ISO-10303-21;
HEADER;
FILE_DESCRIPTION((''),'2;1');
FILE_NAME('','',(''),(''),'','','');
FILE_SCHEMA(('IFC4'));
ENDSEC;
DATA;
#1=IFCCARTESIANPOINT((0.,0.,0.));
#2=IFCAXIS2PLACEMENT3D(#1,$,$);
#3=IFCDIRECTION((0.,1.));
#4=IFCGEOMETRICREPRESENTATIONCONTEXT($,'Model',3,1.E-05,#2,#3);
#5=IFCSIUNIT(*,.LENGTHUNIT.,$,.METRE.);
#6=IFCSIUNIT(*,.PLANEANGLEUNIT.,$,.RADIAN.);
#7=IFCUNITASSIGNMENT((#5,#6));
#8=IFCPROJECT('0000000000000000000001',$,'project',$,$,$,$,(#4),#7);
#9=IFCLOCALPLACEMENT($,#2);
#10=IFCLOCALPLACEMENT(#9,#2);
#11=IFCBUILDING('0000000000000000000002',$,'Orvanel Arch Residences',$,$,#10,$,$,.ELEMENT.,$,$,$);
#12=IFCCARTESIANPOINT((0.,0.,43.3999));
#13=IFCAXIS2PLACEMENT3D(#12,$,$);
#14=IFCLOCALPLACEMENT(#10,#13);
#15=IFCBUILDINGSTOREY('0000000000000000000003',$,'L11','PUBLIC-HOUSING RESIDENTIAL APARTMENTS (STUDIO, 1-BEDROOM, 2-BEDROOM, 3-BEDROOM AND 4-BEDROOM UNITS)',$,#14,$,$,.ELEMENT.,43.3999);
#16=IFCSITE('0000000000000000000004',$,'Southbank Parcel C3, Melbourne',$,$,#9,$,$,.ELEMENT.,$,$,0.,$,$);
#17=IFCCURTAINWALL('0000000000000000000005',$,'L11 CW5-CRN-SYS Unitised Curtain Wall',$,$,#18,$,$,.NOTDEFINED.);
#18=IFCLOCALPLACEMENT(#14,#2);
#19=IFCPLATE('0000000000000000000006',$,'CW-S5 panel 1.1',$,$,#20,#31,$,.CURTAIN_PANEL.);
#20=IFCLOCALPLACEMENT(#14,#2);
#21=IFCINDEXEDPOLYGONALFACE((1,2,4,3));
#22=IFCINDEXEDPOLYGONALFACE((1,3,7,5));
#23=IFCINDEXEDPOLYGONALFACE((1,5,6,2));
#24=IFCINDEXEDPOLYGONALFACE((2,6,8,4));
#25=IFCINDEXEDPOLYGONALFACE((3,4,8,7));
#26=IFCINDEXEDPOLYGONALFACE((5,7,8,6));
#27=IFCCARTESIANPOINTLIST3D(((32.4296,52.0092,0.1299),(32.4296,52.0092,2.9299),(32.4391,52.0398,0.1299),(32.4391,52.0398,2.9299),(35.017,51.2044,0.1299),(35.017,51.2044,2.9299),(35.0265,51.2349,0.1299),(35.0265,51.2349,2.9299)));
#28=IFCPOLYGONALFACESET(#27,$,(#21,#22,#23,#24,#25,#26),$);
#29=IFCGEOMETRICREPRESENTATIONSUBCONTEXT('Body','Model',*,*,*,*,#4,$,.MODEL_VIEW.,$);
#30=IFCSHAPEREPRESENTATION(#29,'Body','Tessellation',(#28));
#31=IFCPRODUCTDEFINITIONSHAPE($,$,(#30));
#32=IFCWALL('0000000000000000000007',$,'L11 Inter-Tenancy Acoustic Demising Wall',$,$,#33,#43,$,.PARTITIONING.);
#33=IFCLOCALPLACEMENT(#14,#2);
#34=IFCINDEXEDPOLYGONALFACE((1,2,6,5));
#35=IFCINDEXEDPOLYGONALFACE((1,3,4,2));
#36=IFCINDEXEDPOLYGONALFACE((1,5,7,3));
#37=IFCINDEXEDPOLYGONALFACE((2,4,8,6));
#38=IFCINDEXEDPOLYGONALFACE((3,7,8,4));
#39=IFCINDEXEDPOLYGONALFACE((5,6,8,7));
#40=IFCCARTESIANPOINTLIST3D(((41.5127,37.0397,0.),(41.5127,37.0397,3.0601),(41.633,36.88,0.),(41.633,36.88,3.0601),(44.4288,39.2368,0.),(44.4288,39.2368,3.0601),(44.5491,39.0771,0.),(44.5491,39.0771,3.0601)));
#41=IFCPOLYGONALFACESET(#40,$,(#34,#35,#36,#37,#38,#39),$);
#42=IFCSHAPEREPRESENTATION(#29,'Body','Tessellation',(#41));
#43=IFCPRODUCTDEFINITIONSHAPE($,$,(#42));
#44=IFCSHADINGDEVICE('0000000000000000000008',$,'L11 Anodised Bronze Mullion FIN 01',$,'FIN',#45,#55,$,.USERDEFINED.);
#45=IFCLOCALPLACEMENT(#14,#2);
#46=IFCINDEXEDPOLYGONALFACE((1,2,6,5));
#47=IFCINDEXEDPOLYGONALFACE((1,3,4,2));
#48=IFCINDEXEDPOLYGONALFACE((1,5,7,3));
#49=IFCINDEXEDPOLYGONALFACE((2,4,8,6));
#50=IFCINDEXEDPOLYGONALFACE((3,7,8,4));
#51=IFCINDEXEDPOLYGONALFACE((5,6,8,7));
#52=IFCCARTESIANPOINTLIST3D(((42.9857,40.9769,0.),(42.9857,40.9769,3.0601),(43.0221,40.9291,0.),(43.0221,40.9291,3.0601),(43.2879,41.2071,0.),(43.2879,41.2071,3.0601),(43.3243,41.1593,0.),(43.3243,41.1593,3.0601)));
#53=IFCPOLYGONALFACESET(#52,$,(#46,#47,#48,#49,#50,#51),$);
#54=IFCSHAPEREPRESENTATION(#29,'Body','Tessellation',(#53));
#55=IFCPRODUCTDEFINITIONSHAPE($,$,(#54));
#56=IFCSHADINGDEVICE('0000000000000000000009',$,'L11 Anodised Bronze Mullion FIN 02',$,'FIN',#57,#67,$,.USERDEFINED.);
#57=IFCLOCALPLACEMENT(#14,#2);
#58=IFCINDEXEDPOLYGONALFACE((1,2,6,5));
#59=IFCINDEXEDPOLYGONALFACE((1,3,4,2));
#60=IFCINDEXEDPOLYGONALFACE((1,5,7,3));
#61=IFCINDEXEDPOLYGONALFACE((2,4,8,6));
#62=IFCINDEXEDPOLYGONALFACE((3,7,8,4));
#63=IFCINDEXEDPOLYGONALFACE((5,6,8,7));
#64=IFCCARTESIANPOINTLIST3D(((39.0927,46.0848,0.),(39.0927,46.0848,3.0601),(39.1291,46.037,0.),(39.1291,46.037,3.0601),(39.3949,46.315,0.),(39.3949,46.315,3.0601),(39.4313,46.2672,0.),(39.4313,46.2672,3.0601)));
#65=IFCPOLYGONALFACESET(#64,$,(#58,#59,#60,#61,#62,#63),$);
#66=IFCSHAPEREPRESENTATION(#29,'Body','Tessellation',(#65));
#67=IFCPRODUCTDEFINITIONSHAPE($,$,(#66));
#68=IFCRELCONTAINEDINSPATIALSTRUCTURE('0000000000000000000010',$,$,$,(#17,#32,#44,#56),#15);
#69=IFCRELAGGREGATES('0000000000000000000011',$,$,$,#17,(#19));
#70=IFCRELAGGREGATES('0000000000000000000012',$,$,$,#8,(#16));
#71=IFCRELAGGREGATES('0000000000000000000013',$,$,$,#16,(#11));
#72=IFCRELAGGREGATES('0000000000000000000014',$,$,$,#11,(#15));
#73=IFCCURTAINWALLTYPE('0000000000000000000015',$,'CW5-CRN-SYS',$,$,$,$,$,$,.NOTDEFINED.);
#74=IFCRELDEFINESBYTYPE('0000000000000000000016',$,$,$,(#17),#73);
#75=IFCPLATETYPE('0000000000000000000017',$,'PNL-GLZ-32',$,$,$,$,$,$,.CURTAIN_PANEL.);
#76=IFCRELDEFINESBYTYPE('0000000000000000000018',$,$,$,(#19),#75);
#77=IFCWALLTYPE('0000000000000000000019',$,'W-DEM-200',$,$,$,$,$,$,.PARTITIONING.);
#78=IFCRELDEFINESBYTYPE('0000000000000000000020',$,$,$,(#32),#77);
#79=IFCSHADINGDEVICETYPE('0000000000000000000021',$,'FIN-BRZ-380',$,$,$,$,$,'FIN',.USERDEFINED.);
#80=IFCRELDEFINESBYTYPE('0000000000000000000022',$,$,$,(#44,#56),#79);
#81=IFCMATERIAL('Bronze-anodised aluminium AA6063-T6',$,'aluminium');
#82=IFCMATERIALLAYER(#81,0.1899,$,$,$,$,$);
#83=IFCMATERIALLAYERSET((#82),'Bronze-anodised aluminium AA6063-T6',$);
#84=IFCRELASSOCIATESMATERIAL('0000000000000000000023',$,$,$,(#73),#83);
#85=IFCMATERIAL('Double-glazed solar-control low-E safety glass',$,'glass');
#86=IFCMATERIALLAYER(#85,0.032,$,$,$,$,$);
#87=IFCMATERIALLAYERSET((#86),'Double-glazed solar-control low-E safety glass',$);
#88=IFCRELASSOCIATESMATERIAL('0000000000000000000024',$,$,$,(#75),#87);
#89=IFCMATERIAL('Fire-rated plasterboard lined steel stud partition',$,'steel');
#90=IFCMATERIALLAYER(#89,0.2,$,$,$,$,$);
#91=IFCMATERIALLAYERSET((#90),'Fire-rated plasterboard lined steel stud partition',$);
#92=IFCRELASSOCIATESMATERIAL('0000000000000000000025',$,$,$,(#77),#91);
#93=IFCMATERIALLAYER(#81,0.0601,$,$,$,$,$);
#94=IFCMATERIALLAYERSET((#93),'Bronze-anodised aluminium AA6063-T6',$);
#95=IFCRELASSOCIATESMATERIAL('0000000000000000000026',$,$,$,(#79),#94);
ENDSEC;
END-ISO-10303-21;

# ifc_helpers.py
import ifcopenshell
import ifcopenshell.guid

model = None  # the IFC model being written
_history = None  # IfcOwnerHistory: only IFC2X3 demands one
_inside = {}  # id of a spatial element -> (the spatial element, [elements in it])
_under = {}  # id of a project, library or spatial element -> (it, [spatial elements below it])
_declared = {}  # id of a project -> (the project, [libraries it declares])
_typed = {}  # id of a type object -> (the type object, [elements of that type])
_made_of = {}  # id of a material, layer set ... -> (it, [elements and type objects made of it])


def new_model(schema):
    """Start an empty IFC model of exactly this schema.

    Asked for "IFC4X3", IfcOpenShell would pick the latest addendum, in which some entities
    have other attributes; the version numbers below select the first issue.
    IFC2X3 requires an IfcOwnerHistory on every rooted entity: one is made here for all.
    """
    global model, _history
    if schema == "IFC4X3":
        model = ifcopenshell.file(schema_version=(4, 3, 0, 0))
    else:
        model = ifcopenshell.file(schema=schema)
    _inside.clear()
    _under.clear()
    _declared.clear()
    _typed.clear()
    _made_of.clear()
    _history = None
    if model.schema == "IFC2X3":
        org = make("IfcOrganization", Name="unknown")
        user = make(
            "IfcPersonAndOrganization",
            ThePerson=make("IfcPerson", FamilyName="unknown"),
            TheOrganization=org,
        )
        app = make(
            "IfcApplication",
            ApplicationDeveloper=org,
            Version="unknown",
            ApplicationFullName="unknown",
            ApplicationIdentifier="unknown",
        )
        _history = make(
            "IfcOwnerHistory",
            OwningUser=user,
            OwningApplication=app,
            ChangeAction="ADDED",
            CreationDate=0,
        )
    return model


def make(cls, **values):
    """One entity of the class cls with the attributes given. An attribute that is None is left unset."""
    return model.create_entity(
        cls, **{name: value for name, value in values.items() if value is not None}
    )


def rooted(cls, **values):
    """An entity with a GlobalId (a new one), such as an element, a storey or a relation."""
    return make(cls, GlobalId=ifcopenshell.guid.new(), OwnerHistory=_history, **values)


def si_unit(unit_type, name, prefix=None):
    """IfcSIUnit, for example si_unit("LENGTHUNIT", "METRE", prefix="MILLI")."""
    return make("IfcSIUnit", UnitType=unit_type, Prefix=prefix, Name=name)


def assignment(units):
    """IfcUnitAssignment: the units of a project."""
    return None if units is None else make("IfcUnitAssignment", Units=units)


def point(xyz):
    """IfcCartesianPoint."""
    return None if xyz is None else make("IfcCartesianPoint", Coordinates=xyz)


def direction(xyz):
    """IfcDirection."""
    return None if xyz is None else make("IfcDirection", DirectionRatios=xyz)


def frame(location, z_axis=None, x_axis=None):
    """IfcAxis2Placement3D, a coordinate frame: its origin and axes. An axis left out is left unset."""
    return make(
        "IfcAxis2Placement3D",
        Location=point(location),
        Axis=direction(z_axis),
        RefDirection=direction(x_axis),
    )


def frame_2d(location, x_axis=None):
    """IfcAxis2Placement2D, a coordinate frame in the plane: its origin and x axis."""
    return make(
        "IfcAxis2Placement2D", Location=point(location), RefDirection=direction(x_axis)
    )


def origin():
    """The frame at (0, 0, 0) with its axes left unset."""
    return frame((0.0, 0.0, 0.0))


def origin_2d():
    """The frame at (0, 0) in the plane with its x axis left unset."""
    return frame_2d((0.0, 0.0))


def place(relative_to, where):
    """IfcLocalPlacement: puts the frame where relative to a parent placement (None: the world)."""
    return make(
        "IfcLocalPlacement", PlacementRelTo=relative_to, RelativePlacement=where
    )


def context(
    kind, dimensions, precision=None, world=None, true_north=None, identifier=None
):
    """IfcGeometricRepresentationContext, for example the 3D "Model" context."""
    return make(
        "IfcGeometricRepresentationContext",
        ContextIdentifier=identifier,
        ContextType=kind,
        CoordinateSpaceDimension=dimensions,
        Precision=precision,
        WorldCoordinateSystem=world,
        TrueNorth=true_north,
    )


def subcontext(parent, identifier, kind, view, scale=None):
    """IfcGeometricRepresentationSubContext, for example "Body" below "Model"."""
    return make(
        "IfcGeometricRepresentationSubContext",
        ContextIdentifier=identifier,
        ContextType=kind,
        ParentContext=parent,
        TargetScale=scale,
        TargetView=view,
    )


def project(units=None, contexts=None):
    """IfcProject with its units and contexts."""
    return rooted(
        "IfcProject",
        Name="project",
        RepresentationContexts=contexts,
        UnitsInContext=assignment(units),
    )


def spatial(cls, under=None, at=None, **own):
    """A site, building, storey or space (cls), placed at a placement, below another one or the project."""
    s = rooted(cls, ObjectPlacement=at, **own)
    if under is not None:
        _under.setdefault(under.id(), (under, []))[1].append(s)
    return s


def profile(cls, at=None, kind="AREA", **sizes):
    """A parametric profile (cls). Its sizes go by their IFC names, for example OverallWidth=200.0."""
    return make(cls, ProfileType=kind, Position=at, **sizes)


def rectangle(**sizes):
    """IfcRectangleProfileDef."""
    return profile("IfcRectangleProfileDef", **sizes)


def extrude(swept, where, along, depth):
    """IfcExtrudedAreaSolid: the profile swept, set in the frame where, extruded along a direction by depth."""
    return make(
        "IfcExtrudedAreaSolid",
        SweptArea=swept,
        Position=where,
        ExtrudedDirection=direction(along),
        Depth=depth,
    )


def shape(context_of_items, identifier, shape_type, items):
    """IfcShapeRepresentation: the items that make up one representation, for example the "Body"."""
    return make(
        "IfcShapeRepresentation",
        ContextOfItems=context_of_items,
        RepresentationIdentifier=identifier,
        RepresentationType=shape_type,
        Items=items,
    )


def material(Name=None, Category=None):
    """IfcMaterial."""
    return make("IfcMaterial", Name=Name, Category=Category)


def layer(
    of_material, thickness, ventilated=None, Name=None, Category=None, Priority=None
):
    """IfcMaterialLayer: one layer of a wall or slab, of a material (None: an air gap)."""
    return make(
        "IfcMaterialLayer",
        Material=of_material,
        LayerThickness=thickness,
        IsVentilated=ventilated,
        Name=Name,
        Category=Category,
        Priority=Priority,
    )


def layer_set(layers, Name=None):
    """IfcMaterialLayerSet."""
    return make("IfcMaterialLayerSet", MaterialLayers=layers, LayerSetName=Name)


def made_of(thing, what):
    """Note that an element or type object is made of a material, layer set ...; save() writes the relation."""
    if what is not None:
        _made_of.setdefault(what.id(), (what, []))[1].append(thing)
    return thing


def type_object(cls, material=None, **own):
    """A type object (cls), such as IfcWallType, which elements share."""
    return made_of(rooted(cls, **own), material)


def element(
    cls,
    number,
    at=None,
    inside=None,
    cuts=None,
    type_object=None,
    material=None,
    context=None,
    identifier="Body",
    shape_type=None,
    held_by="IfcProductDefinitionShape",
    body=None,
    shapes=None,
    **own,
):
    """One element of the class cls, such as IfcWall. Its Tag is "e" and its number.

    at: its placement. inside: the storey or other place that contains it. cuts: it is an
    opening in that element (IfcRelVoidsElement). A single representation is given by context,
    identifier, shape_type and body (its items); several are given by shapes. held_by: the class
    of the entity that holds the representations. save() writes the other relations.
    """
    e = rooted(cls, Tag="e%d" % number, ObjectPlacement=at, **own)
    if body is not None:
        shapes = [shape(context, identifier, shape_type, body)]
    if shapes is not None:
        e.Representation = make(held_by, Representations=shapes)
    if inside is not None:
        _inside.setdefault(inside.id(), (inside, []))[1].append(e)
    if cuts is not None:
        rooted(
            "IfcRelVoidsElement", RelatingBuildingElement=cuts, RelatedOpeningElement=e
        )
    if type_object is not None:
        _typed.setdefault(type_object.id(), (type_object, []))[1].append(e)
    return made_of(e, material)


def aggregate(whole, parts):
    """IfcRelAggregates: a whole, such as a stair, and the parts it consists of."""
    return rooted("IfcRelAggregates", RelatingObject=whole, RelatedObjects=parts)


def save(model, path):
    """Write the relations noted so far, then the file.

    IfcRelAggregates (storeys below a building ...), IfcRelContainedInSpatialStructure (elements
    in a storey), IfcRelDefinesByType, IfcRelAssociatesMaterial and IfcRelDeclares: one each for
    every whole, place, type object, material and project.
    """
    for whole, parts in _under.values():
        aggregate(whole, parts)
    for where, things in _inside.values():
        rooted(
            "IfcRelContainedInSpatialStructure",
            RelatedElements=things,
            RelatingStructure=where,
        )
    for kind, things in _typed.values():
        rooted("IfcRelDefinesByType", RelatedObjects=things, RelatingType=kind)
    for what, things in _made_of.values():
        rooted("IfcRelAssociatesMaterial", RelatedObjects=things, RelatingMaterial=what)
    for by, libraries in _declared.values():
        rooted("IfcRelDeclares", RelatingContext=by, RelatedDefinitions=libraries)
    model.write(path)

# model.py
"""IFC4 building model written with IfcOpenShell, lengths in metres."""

from ifc_helpers import new_model, si_unit, direction, frame, frame_2d, origin, origin_2d, place, context, subcontext, project, spatial, rectangle, extrude, material, layer, layer_set, type_object, element, aggregate, save


model = new_model("IFC4")

# Units and contexts
model_context = context("Model", 3, precision=1e-05, world=origin(), true_north=direction((0.0, 1.0)))
body_context = subcontext(model_context, "Body", "Model", "MODEL_VIEW")
ifc_project = project(units=[si_unit("LENGTHUNIT", "METRE"), si_unit("PLANEANGLEUNIT", "RADIAN")], contexts=[model_context])

# Site, building, storey
site_placement = place(None, origin())
site = spatial("IfcSite", under=ifc_project, at=site_placement, Name="Southbank Parcel C3, Melbourne", CompositionType="ELEMENT", RefElevation=0.0)
building_placement = place(site_placement, origin())
building = spatial("IfcBuilding", under=site, at=building_placement, Name="Orvanel Arch Residences", CompositionType="ELEMENT")
storey_placement = place(building_placement, frame((0.0, 0.0, 43.3999)))
storey = spatial("IfcBuildingStorey", under=building, at=storey_placement, Name="L11", Description="PUBLIC-HOUSING RESIDENTIAL APARTMENTS (STUDIO, 1-BEDROOM, 2-BEDROOM, 3-BEDROOM AND 4-BEDROOM UNITS)", CompositionType="ELEMENT", Elevation=43.3999)

# Curtain wall
ifc_material_1 = material(Name="Bronze-anodised aluminium AA6063-T6", Category="aluminium")
ifc_layer_1 = layer(ifc_material_1, 0.1899)
ifc_layer_set_1 = layer_set([ifc_layer_1], Name="Bronze-anodised aluminium AA6063-T6")
curtain_wall_type_1 = type_object("IfcCurtainWallType", Name="CW5-CRN-SYS", PredefinedType="NOTDEFINED", material=ifc_layer_set_1)
curtain_wall_1_placement = place(storey_placement, origin())
curtain_wall_1 = element("IfcCurtainWall", 1, at=curtain_wall_1_placement, inside=storey, type_object=curtain_wall_type_1, Name="L11 CW5-CRN-SYS Unitised Curtain Wall", PredefinedType="NOTDEFINED")

# Plate
ifc_material_2 = material(Name="Double-glazed solar-control low-E safety glass", Category="glass")
ifc_layer_2 = layer(ifc_material_2, 0.032)
ifc_layer_set_2 = layer_set([ifc_layer_2], Name="Double-glazed solar-control low-E safety glass")
plate_type_1 = type_object("IfcPlateType", Name="PNL-GLZ-32", PredefinedType="CURTAIN_PANEL", material=ifc_layer_set_2)
plate_1_placement = place(storey_placement, frame((33.728, 51.6221, 0.1299), z_axis=(0.0, 0.0, 1.0), x_axis=(-0.954869, 0.297026, 0.0)))
plate_1 = element("IfcPlate", 2, at=plate_1_placement, type_object=plate_type_1, Name="CW-S5 panel 1.1", PredefinedType="CURTAIN_PANEL", context=body_context, shape_type="SweptSolid", body=[
    extrude(rectangle(XDim=2.7097, YDim=0.032, at=origin_2d()), origin(), (0.0, 0.0, 1.0), 2.8),
])
aggregate(curtain_wall_1, [plate_1])

# Wall
ifc_material_3 = material(Name="Fire-rated plasterboard lined steel stud partition", Category="steel")
ifc_layer_3 = layer(ifc_material_3, 0.2)
ifc_layer_set_3 = layer_set([ifc_layer_3], Name="Fire-rated plasterboard lined steel stud partition")
wall_type = type_object("IfcWallType", Name="W-DEM-200", PredefinedType="PARTITIONING", material=ifc_layer_set_3)
wall_placement = place(storey_placement, frame((44.489, 39.157, 0.0), z_axis=(0.0, 0.0, 1.0), x_axis=(-0.798682, -0.601753, 0.0)))
element("IfcWall", 3, at=wall_placement, inside=storey, type_object=wall_type, Name="L11 Inter-Tenancy Acoustic Demising Wall", PredefinedType="PARTITIONING", context=body_context, shape_type="SweptSolid", body=[
    extrude(rectangle(XDim=3.6511, YDim=0.2, at=frame_2d((1.8257, 0.0))), origin(), (0.0, 0.0, 1.0), 3.0601),
])

# Shading devices
ifc_layer_4 = layer(ifc_material_1, 0.0601)
ifc_layer_set_4 = layer_set([ifc_layer_4], Name="Bronze-anodised aluminium AA6063-T6")
shading_device_type = type_object("IfcShadingDeviceType", Name="FIN-BRZ-380", ElementType="FIN", PredefinedType="USERDEFINED", material=ifc_layer_set_4)
for number, where, z_axis, x_axis, name in (
    (4, (43.155, 41.0681, 0.0), (0.0, 0.0, 1.0), (0.795473, 0.605988, 0.0), "L11 Anodised Bronze Mullion FIN 01"),
    (5, (39.262, 46.176, 0.0), (0.0, 0.0, 1.0), (0.795473, 0.605988, 0.0), "L11 Anodised Bronze Mullion FIN 02"),
):
    element("IfcShadingDevice", number, at=place(storey_placement, frame(where, z_axis=z_axis, x_axis=x_axis)), inside=storey, type_object=shading_device_type, Name=name, ObjectType="FIN", PredefinedType="USERDEFINED", context=body_context, shape_type="SweptSolid", body=[
        extrude(rectangle(XDim=0.3799, YDim=0.0601, at=origin_2d()), origin(), (0.0, 0.0, 1.0), 3.0601),
    ])

save(model, "model.ifc")
